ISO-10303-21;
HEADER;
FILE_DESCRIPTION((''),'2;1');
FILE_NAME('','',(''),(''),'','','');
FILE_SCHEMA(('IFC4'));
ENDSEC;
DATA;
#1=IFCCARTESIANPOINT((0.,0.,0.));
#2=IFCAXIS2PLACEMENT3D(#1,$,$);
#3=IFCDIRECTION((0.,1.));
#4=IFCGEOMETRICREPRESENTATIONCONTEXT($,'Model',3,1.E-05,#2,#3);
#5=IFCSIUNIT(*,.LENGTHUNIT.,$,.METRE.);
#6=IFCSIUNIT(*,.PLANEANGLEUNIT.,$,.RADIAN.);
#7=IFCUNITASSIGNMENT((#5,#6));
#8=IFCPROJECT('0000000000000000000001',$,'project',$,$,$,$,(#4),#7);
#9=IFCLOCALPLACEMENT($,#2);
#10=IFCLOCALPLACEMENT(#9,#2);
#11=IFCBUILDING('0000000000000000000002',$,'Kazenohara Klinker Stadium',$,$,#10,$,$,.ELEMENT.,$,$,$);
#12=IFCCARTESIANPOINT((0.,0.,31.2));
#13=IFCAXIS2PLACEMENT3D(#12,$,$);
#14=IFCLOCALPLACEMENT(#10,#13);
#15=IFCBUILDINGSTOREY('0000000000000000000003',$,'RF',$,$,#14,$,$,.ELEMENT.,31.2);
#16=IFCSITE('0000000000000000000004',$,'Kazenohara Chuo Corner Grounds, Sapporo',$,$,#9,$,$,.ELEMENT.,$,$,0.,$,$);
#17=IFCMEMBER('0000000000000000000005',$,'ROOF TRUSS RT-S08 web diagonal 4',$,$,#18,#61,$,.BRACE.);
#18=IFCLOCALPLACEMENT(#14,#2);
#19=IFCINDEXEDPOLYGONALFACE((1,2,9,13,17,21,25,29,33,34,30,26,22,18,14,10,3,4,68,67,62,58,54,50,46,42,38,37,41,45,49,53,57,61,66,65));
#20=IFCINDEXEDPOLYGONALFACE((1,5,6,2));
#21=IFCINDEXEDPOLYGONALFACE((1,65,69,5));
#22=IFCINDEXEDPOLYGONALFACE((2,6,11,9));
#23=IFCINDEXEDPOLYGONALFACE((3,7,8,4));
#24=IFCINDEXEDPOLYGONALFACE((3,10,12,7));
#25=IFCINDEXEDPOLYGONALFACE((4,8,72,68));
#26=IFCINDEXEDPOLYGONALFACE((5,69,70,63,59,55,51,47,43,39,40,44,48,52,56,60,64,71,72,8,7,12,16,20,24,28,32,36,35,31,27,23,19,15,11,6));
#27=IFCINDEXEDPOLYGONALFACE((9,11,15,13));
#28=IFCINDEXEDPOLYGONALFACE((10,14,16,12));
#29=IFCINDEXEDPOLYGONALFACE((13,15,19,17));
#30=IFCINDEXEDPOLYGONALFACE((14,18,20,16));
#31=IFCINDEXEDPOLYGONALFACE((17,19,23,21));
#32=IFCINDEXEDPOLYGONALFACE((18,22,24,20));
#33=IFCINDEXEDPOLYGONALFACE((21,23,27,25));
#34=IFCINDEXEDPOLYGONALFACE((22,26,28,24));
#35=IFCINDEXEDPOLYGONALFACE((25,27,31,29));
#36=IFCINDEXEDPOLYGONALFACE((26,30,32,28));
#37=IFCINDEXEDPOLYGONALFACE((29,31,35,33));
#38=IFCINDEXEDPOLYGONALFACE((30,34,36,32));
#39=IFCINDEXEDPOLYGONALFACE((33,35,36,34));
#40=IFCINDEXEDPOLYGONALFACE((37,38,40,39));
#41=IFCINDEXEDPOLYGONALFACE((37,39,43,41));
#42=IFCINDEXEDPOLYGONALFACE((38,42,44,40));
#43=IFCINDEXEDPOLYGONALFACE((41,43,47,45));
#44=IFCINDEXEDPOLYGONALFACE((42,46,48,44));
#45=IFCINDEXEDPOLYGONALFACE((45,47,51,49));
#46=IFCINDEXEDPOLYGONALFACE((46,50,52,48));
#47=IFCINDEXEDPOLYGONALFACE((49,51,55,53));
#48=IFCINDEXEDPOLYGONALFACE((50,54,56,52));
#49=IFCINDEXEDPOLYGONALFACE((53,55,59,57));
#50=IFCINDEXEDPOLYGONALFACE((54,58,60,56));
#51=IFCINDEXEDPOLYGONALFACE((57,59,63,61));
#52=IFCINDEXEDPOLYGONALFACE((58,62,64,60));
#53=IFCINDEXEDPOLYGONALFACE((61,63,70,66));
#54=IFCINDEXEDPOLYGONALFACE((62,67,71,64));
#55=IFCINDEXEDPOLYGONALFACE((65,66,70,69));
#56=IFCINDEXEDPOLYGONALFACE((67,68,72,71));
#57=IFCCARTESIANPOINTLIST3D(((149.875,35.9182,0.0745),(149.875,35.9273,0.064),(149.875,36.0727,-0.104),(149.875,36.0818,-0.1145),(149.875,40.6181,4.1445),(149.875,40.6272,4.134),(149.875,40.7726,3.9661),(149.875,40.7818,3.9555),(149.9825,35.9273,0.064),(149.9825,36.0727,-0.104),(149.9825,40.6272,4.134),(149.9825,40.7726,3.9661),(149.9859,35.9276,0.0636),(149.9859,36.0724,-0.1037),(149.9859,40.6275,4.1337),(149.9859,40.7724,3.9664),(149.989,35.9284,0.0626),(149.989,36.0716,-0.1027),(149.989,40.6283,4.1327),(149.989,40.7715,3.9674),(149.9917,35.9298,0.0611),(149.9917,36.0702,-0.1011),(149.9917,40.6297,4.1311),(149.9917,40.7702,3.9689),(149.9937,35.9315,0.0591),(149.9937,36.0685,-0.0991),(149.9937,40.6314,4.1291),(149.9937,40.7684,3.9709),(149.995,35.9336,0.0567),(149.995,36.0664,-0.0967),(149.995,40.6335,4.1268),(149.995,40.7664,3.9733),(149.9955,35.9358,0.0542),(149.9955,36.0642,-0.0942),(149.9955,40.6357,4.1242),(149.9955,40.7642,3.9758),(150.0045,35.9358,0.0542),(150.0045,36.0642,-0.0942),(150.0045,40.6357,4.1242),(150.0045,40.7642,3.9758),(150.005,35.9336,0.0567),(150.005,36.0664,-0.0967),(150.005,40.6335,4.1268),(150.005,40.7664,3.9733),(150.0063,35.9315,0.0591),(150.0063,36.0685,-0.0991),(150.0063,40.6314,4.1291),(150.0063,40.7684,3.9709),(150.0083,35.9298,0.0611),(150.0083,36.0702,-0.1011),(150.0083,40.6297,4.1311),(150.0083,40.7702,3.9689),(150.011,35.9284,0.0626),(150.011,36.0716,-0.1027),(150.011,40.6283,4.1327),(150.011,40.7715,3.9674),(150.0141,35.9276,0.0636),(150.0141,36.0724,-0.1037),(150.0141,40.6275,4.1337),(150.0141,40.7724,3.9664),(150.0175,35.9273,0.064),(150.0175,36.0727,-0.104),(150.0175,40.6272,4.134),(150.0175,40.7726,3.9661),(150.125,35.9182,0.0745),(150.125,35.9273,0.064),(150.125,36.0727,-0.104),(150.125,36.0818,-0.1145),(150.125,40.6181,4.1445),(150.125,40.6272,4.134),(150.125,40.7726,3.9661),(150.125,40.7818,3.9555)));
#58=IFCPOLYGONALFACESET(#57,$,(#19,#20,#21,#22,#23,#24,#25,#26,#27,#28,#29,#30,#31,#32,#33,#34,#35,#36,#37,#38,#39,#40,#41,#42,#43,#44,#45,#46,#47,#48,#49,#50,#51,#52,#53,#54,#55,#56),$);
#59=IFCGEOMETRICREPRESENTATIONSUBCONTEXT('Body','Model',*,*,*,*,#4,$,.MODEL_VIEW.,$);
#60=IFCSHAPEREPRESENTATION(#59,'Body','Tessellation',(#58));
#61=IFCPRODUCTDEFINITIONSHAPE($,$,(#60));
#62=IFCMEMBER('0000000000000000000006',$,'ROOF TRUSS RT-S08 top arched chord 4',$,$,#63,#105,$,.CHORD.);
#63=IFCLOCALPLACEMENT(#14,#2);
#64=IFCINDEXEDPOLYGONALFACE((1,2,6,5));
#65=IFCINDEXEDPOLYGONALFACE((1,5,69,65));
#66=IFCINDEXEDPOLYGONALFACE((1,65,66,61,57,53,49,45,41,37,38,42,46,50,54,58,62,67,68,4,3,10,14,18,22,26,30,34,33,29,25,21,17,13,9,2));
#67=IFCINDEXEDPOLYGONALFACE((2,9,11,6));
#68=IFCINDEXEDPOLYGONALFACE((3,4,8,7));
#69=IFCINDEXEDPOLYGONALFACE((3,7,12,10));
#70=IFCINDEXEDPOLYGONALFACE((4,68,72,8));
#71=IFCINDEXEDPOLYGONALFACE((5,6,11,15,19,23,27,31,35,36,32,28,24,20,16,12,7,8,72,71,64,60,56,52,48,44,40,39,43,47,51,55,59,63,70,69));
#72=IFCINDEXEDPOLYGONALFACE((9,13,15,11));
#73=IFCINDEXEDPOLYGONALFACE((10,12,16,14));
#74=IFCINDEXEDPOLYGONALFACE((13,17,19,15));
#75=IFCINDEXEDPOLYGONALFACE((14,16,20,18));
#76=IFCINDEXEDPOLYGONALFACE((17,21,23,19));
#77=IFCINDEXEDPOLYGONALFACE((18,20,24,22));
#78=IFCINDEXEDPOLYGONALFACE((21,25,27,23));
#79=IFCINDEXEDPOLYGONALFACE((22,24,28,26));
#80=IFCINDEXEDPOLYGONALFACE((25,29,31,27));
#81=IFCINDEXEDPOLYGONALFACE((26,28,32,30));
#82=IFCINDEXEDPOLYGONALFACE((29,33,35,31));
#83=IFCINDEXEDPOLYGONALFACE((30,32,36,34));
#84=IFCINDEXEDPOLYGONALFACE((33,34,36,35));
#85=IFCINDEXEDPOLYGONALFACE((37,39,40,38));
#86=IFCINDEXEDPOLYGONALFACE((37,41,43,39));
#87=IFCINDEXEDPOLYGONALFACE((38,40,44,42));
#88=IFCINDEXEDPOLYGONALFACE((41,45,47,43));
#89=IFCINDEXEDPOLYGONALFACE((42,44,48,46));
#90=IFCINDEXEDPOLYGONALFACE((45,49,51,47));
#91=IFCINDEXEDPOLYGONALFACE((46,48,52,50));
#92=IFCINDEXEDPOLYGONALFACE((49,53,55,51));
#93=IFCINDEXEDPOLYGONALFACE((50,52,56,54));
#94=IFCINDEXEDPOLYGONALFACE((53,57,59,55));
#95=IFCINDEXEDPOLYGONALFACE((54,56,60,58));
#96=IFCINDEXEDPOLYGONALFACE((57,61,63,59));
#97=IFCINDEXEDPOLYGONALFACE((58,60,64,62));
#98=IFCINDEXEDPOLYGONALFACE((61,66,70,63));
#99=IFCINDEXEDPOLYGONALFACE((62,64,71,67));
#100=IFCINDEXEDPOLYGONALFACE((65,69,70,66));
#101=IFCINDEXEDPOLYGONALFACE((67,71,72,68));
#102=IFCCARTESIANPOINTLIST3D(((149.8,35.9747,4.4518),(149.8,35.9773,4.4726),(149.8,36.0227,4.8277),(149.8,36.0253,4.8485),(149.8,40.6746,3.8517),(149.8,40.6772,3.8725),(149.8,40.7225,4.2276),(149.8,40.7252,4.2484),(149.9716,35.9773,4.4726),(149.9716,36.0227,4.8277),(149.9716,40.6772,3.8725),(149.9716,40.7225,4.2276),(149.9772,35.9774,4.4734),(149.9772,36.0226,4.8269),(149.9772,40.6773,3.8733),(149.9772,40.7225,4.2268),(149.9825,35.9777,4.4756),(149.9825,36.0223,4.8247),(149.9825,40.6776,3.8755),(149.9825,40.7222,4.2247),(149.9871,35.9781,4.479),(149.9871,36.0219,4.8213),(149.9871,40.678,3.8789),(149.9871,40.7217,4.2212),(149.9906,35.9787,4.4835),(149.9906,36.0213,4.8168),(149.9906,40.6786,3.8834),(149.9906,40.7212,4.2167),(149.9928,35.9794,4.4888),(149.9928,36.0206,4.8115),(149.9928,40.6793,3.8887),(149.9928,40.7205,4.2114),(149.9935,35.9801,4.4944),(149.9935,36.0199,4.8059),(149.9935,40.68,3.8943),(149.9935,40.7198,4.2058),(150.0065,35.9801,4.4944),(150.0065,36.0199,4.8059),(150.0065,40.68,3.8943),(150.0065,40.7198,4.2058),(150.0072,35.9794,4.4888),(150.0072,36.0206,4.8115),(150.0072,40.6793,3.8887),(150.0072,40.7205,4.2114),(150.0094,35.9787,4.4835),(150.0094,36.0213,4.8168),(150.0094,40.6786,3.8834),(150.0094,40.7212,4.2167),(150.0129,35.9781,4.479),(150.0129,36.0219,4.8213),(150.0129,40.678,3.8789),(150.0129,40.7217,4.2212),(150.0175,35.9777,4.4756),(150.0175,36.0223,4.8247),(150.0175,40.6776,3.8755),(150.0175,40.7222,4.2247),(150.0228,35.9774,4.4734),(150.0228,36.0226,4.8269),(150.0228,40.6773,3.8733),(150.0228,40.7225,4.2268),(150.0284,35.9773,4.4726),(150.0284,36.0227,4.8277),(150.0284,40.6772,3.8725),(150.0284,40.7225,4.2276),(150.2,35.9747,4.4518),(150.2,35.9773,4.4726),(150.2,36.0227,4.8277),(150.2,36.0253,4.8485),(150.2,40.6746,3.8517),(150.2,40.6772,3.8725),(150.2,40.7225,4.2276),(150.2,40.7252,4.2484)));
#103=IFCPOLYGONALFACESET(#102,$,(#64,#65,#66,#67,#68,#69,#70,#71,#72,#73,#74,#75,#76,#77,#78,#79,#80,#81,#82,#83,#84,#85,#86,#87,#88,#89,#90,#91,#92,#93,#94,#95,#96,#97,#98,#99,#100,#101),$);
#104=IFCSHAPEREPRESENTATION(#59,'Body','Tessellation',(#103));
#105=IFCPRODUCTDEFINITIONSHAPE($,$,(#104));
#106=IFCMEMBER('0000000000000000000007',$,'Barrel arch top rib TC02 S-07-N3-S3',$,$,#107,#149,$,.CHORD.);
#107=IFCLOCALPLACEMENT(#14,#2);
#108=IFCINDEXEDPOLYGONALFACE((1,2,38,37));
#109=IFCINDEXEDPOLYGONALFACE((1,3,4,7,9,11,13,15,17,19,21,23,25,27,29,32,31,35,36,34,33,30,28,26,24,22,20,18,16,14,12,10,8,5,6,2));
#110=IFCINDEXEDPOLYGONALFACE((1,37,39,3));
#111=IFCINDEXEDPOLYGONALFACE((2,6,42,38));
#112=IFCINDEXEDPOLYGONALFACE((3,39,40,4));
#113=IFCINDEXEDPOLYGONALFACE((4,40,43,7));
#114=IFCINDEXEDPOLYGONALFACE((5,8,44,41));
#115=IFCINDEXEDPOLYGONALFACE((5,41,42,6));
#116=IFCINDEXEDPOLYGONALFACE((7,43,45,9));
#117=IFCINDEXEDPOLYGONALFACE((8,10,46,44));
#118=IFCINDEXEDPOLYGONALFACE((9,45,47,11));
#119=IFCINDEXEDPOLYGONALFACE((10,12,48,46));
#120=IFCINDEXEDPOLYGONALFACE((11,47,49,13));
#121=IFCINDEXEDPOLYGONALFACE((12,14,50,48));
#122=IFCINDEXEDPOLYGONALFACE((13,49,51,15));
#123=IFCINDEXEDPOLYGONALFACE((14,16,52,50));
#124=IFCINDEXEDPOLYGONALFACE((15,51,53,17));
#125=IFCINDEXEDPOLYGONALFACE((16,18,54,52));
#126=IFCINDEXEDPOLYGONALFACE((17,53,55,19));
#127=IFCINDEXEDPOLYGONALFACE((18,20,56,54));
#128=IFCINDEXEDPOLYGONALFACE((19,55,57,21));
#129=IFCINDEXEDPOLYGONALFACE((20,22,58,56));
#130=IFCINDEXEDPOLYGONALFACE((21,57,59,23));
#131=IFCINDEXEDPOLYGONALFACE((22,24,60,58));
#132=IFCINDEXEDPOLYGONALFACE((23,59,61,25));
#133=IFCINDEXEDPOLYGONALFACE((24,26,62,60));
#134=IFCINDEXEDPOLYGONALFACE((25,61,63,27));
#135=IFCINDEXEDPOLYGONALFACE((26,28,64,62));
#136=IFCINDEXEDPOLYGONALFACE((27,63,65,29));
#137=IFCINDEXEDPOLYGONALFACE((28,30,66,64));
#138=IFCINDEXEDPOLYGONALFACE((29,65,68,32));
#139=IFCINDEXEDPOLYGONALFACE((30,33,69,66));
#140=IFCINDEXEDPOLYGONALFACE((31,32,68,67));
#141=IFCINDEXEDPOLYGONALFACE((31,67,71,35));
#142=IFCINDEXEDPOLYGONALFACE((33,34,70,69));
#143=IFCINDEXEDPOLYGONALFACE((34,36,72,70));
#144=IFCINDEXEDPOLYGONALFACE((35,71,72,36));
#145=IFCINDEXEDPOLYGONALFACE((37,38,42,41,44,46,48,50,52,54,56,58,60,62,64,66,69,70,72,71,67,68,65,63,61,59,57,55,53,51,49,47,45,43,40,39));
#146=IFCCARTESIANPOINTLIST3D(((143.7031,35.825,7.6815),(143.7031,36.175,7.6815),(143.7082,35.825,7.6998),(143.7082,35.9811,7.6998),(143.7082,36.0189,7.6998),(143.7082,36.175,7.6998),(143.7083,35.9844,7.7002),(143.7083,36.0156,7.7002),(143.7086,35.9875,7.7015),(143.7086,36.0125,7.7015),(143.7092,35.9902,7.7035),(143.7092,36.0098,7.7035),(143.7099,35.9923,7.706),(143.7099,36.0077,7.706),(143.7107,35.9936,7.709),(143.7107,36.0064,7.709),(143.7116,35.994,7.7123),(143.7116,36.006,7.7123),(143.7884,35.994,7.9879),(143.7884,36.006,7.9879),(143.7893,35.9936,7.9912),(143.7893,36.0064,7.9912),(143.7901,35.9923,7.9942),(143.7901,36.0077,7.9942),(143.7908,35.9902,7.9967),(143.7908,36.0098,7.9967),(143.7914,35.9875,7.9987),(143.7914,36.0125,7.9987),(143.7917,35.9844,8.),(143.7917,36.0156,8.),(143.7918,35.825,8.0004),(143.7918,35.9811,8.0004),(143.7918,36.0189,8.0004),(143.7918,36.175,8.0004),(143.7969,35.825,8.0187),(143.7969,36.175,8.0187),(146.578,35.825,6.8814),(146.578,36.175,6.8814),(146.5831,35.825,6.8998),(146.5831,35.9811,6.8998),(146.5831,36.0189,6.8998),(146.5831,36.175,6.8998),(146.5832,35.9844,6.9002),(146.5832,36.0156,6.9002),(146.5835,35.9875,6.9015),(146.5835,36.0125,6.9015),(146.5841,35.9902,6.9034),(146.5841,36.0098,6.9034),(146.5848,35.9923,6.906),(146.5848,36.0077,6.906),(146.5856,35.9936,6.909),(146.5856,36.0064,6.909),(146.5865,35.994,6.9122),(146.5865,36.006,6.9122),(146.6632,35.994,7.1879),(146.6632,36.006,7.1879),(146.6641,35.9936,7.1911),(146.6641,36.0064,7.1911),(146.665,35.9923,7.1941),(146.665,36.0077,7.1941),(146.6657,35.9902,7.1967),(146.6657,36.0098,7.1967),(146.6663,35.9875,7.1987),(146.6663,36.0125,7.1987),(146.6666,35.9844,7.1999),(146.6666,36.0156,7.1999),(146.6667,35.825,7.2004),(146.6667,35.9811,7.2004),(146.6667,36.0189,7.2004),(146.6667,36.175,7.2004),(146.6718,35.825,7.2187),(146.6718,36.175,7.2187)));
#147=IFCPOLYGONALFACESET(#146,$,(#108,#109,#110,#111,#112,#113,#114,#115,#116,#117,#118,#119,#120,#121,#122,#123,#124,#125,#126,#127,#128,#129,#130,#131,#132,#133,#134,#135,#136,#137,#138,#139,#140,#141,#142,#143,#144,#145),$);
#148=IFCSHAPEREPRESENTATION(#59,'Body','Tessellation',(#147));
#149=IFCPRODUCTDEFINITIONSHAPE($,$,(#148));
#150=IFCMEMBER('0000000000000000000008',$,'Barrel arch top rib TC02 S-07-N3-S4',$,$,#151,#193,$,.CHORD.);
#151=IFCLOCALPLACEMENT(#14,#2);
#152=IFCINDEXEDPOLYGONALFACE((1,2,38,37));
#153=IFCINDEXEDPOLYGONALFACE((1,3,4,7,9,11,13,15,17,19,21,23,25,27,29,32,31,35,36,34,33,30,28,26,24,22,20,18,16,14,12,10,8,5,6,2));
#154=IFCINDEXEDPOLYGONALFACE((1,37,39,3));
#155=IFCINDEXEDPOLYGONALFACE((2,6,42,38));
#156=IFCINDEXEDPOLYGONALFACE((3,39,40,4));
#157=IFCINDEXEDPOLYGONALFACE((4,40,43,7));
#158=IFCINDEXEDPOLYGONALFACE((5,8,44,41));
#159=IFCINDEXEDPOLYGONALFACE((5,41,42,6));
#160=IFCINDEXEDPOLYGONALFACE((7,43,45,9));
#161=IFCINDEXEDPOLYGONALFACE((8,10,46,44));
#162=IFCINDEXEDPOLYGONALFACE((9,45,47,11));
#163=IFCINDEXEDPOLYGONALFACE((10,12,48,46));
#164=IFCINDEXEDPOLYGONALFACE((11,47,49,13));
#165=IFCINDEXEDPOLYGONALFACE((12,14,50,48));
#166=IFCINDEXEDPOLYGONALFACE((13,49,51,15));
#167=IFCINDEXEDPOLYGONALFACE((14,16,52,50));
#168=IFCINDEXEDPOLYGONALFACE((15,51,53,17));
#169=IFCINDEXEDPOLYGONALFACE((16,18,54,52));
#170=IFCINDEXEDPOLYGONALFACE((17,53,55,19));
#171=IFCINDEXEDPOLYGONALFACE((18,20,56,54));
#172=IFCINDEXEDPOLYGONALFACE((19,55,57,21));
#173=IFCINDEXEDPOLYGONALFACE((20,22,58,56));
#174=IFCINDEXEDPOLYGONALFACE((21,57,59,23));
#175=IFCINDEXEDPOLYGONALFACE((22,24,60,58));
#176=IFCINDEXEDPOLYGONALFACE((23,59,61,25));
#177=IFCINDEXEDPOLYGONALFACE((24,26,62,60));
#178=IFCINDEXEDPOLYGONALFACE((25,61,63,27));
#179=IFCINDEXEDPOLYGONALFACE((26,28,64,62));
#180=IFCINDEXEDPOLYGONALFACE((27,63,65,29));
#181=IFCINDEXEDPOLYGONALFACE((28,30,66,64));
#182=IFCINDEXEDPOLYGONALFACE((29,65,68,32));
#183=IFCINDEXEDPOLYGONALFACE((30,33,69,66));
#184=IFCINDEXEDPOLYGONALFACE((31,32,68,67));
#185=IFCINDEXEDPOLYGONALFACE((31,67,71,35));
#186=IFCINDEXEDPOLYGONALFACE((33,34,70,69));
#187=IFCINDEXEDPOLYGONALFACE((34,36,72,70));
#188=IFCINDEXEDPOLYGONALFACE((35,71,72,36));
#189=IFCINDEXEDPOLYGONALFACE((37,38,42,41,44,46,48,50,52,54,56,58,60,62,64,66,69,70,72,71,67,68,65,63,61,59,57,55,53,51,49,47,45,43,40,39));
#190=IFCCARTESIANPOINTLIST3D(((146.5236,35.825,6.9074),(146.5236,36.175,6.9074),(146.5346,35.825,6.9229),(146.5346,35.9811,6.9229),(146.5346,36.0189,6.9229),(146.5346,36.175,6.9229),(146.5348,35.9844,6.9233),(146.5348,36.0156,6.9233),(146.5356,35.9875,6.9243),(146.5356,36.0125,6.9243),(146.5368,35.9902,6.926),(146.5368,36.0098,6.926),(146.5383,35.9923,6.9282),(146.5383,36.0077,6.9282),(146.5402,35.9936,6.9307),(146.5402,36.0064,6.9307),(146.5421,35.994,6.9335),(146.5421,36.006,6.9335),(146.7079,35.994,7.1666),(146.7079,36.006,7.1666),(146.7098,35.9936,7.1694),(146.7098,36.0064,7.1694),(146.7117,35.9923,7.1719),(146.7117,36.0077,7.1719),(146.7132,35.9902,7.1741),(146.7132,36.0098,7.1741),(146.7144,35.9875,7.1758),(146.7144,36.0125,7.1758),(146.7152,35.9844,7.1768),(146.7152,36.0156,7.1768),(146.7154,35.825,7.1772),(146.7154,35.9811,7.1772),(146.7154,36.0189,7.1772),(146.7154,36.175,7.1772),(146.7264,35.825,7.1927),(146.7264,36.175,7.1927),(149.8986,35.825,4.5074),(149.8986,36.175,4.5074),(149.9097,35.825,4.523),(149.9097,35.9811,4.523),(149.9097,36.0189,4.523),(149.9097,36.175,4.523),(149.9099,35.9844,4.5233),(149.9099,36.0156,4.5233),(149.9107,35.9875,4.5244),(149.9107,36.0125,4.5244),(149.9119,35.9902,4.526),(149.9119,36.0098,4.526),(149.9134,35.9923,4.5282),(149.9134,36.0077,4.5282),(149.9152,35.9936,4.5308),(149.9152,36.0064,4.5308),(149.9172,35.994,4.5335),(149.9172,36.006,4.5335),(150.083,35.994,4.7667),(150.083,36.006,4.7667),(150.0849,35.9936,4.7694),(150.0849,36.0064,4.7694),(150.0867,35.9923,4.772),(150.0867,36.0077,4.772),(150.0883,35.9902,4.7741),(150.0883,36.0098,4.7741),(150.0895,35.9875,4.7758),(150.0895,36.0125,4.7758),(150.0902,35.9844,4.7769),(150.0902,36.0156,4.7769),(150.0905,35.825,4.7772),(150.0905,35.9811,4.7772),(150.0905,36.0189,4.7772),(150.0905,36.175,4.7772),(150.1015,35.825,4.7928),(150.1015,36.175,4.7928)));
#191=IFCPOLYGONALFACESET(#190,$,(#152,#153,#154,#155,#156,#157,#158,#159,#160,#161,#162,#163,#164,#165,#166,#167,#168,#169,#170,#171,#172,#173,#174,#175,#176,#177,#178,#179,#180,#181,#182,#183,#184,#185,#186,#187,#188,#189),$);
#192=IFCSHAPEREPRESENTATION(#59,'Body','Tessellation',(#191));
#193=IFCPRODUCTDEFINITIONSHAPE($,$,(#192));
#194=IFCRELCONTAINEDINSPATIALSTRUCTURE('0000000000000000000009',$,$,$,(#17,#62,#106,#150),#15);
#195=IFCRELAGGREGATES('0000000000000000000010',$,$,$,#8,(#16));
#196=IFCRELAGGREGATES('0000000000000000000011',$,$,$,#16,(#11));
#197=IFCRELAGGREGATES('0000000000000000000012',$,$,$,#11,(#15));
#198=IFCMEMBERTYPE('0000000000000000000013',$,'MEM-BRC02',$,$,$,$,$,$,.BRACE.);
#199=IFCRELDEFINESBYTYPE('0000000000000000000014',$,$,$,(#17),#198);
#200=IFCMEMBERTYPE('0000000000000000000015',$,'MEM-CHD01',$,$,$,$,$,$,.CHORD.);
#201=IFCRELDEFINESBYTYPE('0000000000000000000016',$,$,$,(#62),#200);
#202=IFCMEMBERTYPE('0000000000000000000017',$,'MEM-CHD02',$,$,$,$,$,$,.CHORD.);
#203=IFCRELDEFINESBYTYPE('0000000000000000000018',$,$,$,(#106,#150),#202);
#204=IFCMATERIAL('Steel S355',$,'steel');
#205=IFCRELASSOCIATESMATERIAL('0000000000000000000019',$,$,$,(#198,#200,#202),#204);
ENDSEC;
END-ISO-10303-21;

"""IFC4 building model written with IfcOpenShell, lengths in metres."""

from ifc_helpers import new_model, si_unit, direction, frame, origin, origin_2d, place, context, subcontext, project, spatial, i_section, extrude, material, material_profile, profile_set, type_object, element, save


model = new_model("IFC4")

# Units and contexts
model_context = context("Model", 3, precision=1e-05, world=origin(), true_north=direction((0.0, 1.0)))
body_context = subcontext(model_context, "Body", "Model", "MODEL_VIEW")
ifc_project = project(units=[si_unit("LENGTHUNIT", "METRE"), si_unit("PLANEANGLEUNIT", "RADIAN")], contexts=[model_context])

# Site, building, storey
site_placement = place(None, origin())
site = spatial("IfcSite", under=ifc_project, at=site_placement, Name="Kazenohara Chuo Corner Grounds, Sapporo", CompositionType="ELEMENT", RefElevation=0.0)
building_placement = place(site_placement, origin())
building = spatial("IfcBuilding", under=site, at=building_placement, Name="Kazenohara Klinker Stadium", CompositionType="ELEMENT")
storey_placement = place(building_placement, frame((0.0, 0.0, 31.2)))
storey = spatial("IfcBuildingStorey", under=building, at=storey_placement, Name="RF", CompositionType="ELEMENT", Elevation=31.2)

# Members
ifc_material_1 = material(Name="Steel S355", Category="steel")
ifc_material_profile_1 = material_profile(ifc_material_1, i_section(OverallWidth=0.25, OverallDepth=0.25, WebThickness=0.009, FlangeThickness=0.0139, FilletRadius=0.0129, at=origin_2d()), Name="H-250x250x9x14")
ifc_profile_set_1 = profile_set([ifc_material_profile_1], Name="Steel S355")
member_type_1 = type_object("IfcMemberType", Name="MEM-BRC02", PredefinedType="BRACE", material=ifc_profile_set_1)
member_1_placement = place(storey_placement, frame((150.0, 36.0, -0.02), z_axis=(0.0, 0.755946, 0.654634), x_axis=(-1.0, 0.0, 0.0)))
element("IfcMember", 1, at=member_1_placement, inside=storey, type_object=member_type_1, Name="ROOF TRUSS RT-S08 web diagonal 4", PredefinedType="BRACE", context=body_context, shape_type="SweptSolid", body=[
    extrude(i_section(OverallWidth=0.25, OverallDepth=0.25, WebThickness=0.009, FlangeThickness=0.0139, FilletRadius=0.0129, at=origin_2d()), origin(), (0.0, 0.0, 1.0), 6.2173),
])
ifc_material_profile_2 = material_profile(ifc_material_1, i_section(OverallWidth=0.3999, OverallDepth=0.3999, WebThickness=0.0129, FlangeThickness=0.021, FilletRadius=0.022, at=origin_2d()), Name="H-400x400x13x21")
ifc_profile_set_2 = profile_set([ifc_material_profile_2], Name="Steel S355")
member_type_2 = type_object("IfcMemberType", Name="MEM-CHD01", PredefinedType="CHORD", material=ifc_profile_set_2)
member_2_placement = place(storey_placement, frame((150.0, 36.0, 4.6501), z_axis=(0.0, 0.991947, -0.126653), x_axis=(-1.0, 0.0, 0.0)))
element("IfcMember", 2, at=member_2_placement, inside=storey, type_object=member_type_2, Name="ROOF TRUSS RT-S08 top arched chord 4", PredefinedType="CHORD", context=body_context, shape_type="SweptSolid", body=[
    extrude(i_section(OverallWidth=0.3999, OverallDepth=0.3999, WebThickness=0.0129, FlangeThickness=0.021, FilletRadius=0.022, at=origin_2d()), origin(), (0.0, 0.0, 1.0), 4.738),
])
ifc_material_profile_3 = material_profile(ifc_material_1, i_section(OverallWidth=0.3501, OverallDepth=0.3501, WebThickness=0.012, FlangeThickness=0.019, FilletRadius=0.0129, at=origin_2d()), Name="H-350x350x12x19")
ifc_profile_set_3 = profile_set([ifc_material_profile_3], Name="Steel S355")
member_type_3 = type_object("IfcMemberType", Name="MEM-CHD02", PredefinedType="CHORD", material=ifc_profile_set_3)
member_3_placement = place(storey_placement, frame((143.75, 36.0, 7.8501), z_axis=(0.963394, 0.0, -0.268091), x_axis=(0.0, 1.0, 0.0)))
element("IfcMember", 3, at=member_3_placement, inside=storey, type_object=member_type_3, Name="Barrel arch top rib TC02 S-07-N3-S3", PredefinedType="CHORD", context=body_context, shape_type="SweptSolid", body=[
    extrude(i_section(OverallWidth=0.3501, OverallDepth=0.3501, WebThickness=0.012, FlangeThickness=0.019, FilletRadius=0.0129, at=origin_2d()), origin(), (0.0, 0.0, 1.0), 2.9841),
])
member_4_placement = place(storey_placement, frame((146.625, 36.0, 7.05), z_axis=(0.814966, 0.0, -0.579508), x_axis=(0.0, 1.0, 0.0)))
element("IfcMember", 4, at=member_4_placement, inside=storey, type_object=member_type_3, Name="Barrel arch top rib TC02 S-07-N3-S4", PredefinedType="CHORD", context=body_context, shape_type="SweptSolid", body=[
    extrude(i_section(OverallWidth=0.3501, OverallDepth=0.3501, WebThickness=0.012, FlangeThickness=0.019, FilletRadius=0.0129, at=origin_2d()), origin(), (0.0, 0.0, 1.0), 4.1414),
])

save(model, "model.ifc")
